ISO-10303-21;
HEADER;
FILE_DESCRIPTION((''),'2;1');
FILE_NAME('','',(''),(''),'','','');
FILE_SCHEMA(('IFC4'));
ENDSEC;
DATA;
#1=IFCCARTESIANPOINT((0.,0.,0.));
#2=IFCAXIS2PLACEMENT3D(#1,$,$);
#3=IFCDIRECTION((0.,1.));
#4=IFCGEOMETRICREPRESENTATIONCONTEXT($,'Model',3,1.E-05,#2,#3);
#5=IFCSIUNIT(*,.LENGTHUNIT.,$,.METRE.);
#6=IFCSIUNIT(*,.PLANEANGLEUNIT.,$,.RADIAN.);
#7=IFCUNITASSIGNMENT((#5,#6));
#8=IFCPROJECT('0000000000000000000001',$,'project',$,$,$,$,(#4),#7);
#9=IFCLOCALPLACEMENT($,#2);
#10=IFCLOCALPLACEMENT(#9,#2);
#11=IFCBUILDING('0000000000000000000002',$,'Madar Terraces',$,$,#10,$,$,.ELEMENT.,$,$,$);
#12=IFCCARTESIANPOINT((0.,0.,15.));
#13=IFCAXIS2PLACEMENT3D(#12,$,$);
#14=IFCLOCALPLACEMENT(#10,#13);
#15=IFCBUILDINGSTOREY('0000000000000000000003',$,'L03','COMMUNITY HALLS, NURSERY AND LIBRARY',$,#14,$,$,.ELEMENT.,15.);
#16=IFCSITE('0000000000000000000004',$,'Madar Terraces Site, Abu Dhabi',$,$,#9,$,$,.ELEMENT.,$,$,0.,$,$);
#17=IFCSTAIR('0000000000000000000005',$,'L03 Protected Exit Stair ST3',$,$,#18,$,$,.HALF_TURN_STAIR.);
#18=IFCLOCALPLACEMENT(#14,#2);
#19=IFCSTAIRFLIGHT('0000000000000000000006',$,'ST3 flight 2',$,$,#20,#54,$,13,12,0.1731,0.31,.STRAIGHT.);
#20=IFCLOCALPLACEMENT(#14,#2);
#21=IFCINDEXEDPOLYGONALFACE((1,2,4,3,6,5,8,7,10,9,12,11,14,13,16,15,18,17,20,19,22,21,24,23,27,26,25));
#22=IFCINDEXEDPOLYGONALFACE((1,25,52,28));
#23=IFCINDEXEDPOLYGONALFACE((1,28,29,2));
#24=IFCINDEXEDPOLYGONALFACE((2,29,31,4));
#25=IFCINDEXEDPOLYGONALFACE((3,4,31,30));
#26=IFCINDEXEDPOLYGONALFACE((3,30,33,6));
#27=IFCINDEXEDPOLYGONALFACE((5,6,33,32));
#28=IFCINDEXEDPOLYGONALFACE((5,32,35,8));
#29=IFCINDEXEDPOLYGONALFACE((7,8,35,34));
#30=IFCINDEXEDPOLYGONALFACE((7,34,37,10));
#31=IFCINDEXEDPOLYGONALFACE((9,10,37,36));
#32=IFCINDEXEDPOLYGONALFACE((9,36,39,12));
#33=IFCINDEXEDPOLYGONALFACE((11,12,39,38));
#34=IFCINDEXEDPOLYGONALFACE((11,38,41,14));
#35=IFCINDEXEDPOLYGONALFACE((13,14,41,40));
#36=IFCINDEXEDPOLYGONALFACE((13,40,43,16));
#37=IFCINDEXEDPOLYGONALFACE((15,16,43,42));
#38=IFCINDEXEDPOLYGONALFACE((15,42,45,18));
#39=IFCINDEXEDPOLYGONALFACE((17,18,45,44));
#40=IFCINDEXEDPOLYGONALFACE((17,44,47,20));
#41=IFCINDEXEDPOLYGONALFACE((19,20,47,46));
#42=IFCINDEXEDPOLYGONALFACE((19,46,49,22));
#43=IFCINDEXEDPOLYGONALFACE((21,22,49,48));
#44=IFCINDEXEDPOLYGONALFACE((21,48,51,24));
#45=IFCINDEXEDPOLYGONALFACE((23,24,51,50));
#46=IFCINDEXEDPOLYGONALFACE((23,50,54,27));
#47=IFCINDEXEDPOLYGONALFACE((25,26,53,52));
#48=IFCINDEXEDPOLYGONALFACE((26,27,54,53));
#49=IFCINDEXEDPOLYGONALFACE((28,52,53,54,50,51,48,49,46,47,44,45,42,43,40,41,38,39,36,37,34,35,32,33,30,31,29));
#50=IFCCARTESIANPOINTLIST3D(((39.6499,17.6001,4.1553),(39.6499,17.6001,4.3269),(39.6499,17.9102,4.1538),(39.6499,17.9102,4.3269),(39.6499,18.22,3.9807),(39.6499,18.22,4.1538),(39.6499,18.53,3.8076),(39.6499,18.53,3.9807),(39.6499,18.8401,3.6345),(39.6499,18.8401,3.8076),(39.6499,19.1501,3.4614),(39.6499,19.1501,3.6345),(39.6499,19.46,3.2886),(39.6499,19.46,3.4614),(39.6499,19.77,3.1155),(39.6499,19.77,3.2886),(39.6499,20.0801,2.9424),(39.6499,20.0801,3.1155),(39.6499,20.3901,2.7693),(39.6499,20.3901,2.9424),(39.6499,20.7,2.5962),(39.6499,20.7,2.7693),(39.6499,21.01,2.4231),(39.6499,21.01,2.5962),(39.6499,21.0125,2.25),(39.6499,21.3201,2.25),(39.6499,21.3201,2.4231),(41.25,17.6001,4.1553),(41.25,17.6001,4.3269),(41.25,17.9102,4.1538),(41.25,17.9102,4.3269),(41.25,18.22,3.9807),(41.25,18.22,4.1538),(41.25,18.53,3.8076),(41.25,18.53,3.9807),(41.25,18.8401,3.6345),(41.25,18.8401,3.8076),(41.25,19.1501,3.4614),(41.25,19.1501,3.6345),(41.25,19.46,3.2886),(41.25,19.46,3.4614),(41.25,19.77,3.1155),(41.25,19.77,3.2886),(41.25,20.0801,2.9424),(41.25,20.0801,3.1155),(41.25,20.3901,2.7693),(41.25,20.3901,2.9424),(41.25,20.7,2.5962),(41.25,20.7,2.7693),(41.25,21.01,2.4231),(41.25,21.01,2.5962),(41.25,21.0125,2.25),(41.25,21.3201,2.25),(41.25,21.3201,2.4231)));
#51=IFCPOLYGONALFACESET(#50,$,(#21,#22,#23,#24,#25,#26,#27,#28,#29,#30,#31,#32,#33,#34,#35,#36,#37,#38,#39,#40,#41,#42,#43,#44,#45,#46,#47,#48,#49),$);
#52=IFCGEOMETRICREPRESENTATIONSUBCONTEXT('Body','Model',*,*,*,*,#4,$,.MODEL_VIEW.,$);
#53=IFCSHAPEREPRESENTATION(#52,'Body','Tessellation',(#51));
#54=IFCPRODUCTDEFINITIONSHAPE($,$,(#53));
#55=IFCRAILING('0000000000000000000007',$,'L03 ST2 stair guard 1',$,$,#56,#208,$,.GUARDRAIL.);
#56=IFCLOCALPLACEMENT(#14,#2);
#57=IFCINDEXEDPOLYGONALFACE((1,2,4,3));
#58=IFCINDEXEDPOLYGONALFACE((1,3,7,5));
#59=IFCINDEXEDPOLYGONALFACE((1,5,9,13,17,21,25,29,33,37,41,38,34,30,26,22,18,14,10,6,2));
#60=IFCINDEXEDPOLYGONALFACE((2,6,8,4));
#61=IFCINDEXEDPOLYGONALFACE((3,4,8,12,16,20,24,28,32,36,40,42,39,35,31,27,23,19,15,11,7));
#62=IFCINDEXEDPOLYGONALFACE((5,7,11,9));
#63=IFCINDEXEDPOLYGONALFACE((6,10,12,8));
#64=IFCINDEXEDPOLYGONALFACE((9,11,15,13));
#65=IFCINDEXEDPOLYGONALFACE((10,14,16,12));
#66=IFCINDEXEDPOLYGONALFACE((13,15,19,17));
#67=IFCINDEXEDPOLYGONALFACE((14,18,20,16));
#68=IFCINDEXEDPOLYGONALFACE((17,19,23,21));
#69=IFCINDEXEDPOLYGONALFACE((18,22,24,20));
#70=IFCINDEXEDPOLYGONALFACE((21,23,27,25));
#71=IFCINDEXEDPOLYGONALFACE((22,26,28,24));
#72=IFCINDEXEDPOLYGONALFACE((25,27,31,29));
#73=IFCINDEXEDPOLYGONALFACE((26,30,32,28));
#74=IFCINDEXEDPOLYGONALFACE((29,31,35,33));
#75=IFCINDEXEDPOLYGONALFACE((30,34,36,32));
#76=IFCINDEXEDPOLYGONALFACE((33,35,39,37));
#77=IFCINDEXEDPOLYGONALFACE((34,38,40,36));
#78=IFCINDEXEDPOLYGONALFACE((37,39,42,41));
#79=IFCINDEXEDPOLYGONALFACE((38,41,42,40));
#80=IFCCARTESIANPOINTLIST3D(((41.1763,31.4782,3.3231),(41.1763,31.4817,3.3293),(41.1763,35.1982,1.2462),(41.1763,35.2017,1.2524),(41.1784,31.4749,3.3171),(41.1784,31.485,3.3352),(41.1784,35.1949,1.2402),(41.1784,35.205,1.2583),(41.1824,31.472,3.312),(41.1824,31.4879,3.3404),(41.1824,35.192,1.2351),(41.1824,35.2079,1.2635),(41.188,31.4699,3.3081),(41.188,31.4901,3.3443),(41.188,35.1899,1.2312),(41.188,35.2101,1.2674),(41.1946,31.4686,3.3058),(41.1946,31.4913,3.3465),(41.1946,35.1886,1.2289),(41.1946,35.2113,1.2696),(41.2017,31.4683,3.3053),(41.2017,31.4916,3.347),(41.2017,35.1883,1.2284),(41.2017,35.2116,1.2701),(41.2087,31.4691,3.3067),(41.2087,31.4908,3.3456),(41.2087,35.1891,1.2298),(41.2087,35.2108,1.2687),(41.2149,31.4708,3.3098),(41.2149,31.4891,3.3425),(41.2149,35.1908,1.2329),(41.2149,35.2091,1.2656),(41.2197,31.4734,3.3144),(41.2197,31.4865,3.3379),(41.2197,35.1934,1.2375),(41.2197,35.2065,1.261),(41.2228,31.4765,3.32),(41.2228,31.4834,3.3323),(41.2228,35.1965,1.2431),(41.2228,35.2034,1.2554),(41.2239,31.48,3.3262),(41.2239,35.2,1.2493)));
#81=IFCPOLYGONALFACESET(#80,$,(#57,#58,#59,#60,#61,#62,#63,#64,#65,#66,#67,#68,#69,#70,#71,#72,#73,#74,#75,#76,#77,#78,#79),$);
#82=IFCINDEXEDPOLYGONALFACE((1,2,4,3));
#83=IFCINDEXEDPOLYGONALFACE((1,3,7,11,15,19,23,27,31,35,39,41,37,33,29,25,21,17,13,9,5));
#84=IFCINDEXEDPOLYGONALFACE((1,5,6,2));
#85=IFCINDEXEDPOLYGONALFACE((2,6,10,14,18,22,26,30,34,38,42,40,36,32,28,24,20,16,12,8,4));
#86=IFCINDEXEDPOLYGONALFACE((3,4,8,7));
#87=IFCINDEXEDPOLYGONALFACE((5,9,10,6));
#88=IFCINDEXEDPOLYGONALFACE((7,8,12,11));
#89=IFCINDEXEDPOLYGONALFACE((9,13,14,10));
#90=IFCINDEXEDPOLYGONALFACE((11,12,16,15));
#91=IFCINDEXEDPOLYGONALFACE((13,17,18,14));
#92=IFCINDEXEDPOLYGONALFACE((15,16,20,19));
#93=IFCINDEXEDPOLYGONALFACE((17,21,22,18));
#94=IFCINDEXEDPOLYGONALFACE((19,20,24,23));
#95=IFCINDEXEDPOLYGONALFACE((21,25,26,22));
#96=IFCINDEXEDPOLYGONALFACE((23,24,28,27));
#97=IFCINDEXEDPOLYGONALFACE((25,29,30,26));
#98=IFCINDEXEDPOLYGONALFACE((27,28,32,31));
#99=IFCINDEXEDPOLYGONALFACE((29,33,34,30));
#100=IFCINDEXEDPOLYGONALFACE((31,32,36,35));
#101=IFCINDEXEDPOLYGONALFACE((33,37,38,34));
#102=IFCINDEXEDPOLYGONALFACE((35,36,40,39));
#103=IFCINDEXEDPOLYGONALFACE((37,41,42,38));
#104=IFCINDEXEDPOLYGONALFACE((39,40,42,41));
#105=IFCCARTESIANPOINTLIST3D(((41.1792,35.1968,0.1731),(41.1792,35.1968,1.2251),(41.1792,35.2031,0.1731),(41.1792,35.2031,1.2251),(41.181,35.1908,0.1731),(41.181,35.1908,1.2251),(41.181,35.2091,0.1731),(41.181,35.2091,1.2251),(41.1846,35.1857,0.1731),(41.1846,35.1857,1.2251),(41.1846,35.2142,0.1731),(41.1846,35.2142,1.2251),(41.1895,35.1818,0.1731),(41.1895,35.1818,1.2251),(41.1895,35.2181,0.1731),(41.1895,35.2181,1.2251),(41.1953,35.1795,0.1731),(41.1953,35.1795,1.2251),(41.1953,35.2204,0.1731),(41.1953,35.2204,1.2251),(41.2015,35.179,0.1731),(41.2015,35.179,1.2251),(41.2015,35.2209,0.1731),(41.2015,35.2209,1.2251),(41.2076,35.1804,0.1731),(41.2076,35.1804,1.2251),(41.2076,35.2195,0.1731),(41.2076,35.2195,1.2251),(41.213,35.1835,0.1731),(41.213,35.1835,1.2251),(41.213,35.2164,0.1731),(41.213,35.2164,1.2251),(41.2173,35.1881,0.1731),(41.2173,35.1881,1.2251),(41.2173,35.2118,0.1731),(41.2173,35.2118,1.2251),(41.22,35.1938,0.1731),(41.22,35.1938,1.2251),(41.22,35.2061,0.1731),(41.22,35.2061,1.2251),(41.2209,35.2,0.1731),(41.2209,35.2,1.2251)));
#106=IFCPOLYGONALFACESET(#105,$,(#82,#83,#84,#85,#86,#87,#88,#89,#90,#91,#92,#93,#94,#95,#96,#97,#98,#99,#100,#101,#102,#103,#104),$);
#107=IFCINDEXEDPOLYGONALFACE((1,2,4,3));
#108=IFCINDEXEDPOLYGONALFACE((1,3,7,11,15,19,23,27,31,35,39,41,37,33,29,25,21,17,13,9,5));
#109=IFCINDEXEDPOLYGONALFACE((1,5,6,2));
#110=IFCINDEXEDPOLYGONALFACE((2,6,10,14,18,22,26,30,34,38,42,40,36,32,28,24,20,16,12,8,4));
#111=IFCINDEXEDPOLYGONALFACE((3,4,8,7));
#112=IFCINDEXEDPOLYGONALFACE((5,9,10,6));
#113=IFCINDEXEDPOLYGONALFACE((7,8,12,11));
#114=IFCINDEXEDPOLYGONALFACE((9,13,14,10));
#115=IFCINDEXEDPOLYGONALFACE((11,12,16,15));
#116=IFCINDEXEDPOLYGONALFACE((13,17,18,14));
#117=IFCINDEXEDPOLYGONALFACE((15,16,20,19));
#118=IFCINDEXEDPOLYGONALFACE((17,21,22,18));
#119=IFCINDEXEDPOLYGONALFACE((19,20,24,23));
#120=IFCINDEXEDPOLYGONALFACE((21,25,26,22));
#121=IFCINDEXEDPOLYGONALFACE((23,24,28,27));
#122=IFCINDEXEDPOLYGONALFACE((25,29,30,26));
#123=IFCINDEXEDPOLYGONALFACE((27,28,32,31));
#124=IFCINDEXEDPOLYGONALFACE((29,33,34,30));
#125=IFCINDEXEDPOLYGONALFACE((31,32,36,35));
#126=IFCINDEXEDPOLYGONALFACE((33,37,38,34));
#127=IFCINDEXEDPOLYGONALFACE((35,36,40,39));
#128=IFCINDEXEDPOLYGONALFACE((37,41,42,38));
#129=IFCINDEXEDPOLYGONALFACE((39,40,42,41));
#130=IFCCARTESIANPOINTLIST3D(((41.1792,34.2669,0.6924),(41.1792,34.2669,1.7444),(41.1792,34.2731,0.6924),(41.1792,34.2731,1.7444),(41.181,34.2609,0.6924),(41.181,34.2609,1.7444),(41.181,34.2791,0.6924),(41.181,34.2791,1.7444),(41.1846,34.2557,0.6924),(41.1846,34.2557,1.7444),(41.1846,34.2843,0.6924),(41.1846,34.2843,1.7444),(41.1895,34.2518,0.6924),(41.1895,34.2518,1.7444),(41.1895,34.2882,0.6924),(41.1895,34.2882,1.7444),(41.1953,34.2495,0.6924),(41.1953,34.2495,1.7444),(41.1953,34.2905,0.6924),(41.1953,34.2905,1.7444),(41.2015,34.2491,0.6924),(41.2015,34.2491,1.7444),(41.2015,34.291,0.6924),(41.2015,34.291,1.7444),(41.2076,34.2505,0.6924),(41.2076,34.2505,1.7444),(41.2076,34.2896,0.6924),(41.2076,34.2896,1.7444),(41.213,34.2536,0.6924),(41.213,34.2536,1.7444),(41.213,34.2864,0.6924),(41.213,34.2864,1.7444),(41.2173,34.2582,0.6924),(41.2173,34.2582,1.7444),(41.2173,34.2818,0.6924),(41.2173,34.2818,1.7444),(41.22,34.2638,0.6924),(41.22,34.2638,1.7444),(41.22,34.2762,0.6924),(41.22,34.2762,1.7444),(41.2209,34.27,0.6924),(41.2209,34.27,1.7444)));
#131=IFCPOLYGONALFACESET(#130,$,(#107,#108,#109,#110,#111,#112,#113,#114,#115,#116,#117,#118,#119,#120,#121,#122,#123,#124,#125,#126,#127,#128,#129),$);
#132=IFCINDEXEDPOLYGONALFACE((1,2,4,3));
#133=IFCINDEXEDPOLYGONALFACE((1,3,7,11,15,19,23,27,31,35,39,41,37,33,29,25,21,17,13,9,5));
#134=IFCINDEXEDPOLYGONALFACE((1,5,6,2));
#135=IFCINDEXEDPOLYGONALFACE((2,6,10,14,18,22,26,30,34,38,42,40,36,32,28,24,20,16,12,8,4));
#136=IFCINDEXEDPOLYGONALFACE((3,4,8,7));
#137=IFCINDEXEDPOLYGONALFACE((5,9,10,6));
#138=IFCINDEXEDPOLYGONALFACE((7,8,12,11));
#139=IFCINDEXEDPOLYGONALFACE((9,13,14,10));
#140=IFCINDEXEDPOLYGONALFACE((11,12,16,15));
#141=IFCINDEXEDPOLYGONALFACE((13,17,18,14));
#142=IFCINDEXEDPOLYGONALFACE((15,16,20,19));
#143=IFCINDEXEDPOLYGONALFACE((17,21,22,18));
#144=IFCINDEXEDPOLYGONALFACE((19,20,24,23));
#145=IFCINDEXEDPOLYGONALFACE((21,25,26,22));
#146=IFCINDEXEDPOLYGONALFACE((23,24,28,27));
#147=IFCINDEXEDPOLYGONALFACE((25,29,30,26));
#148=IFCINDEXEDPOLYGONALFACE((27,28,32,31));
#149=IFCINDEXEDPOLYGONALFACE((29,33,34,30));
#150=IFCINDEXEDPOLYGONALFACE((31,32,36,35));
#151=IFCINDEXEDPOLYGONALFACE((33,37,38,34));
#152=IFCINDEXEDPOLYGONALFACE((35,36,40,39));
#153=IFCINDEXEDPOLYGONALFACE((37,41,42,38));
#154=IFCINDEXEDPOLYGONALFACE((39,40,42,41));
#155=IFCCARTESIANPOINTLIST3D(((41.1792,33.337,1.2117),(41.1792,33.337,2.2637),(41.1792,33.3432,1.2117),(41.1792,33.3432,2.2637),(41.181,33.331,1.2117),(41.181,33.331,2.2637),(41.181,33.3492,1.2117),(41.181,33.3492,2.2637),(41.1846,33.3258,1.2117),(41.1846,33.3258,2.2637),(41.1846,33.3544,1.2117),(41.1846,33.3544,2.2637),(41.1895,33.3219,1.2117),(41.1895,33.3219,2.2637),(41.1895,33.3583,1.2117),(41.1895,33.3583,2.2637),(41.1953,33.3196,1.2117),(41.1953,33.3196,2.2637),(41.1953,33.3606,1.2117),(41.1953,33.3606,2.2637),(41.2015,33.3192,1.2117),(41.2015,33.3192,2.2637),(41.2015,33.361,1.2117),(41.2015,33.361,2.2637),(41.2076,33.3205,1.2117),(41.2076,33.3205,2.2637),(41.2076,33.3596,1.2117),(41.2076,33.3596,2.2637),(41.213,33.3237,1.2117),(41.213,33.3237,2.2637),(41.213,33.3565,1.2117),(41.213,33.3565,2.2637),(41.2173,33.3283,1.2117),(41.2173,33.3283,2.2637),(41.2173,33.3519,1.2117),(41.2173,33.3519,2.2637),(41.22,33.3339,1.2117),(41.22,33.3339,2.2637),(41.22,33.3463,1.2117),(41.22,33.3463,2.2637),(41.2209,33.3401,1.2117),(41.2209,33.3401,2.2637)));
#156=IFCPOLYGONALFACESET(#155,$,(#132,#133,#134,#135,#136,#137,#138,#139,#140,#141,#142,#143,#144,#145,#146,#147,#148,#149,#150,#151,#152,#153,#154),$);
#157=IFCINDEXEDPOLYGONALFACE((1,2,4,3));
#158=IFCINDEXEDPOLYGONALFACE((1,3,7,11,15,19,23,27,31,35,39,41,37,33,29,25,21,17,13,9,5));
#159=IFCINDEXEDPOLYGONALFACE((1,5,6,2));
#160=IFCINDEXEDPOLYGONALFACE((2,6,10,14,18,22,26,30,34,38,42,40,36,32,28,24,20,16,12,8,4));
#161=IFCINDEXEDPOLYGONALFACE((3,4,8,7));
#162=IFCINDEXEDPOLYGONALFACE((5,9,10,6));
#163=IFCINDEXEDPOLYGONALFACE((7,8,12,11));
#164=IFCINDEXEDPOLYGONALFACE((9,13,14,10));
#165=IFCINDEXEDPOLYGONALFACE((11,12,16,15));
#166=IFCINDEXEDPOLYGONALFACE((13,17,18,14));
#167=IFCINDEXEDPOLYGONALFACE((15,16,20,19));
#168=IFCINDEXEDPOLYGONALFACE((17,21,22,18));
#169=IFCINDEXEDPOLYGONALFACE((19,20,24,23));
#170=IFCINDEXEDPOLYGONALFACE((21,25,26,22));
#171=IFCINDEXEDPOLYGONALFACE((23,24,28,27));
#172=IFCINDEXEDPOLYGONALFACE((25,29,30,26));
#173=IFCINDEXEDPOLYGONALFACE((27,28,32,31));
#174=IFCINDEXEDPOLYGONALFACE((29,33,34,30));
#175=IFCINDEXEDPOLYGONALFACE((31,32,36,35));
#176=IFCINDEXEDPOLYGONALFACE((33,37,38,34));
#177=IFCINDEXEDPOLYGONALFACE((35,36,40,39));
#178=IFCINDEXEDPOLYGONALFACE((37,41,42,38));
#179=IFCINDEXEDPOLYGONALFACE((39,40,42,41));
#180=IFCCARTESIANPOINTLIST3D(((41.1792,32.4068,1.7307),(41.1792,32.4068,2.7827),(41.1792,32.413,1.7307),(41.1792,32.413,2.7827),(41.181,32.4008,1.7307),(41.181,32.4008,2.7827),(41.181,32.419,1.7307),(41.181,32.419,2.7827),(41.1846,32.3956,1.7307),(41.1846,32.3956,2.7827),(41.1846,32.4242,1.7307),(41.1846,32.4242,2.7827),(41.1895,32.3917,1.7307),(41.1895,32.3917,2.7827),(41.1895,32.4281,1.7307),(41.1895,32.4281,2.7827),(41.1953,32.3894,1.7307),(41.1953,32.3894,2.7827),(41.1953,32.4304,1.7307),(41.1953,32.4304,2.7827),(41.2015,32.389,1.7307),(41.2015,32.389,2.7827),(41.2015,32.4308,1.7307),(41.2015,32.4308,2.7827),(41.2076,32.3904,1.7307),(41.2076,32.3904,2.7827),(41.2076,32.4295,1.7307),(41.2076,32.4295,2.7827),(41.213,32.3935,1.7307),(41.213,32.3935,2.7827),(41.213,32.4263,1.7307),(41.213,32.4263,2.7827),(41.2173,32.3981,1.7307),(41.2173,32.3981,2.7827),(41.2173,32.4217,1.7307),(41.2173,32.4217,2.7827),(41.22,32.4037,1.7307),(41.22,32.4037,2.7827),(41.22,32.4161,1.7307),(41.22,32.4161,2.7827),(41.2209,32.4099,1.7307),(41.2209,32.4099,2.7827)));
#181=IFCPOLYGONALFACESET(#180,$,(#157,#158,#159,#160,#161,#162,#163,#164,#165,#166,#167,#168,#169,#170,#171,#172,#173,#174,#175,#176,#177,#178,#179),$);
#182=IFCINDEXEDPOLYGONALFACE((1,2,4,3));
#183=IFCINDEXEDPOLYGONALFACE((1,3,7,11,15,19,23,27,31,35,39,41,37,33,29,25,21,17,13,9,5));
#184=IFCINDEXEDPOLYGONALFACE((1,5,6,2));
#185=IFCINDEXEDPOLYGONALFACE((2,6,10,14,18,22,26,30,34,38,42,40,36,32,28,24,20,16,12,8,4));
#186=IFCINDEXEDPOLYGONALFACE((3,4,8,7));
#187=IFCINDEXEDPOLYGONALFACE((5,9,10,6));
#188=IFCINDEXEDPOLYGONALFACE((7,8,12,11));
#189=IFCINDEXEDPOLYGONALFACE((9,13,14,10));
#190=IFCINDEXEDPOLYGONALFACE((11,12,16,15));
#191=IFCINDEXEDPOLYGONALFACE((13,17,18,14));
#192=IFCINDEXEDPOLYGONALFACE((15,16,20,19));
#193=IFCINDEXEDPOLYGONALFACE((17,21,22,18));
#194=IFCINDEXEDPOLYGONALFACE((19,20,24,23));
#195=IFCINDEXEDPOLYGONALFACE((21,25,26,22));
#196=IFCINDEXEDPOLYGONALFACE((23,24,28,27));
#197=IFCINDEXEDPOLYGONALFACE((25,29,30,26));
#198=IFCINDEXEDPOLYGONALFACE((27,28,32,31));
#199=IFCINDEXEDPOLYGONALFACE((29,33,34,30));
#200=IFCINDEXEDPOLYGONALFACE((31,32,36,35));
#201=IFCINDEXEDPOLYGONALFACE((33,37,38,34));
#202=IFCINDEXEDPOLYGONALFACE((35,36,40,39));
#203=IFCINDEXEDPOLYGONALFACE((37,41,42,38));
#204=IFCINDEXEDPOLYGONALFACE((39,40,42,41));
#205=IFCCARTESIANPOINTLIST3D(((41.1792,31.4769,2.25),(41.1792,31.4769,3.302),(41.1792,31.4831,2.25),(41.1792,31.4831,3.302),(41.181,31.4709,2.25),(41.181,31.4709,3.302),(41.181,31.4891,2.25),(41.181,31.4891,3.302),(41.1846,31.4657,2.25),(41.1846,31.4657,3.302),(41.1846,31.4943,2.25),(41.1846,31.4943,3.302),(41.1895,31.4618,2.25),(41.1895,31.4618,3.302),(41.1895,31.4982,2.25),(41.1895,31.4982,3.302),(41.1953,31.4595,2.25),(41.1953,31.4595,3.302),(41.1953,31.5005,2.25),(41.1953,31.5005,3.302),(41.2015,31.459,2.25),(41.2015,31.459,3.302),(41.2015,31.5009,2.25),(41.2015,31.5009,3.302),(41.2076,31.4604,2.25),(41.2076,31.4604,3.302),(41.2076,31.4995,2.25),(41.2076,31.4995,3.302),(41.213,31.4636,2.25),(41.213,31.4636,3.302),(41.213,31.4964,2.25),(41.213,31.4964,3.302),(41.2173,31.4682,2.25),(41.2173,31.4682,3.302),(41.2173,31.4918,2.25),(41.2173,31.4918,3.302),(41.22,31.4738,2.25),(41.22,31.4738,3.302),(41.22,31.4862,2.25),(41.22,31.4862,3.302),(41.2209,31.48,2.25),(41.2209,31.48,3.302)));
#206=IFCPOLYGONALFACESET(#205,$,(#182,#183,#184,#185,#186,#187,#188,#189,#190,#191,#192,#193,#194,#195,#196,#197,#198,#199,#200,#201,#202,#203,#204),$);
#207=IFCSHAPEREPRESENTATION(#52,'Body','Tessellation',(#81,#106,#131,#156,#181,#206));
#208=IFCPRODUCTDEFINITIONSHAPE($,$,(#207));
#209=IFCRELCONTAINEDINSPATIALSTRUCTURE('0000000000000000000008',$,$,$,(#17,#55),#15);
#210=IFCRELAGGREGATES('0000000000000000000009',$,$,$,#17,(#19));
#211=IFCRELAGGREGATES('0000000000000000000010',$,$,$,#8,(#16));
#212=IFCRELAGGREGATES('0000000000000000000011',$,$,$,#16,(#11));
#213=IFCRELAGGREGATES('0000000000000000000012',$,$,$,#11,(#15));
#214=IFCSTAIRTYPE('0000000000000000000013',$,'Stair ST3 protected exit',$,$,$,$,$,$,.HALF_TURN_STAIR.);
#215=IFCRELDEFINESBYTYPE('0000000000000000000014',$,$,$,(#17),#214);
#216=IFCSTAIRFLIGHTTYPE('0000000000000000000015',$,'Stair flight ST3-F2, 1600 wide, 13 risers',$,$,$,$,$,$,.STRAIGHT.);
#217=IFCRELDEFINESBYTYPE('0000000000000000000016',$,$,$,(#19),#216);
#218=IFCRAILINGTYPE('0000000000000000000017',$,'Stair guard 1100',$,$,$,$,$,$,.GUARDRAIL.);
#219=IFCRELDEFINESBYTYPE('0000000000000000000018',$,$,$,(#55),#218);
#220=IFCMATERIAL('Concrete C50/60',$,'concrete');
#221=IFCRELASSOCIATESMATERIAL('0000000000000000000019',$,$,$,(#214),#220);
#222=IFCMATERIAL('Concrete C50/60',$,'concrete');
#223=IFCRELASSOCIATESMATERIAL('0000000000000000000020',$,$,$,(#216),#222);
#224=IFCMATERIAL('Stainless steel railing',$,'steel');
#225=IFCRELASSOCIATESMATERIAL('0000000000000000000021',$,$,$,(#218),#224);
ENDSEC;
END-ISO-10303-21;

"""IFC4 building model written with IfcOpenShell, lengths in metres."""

from ifc_helpers import new_model, si_unit, direction, frame, origin, origin_2d, place, context, subcontext, project, spatial, polyline, circle, outline, extrude, material, type_object, element, aggregate, save


model = new_model("IFC4")

# Units and contexts
model_context = context("Model", 3, precision=1e-05, world=origin(), true_north=direction((0.0, 1.0)))
body_context = subcontext(model_context, "Body", "Model", "MODEL_VIEW")
ifc_project = project(units=[si_unit("LENGTHUNIT", "METRE"), si_unit("PLANEANGLEUNIT", "RADIAN")], contexts=[model_context])

# Site, building, storey
site_placement = place(None, origin())
site = spatial("IfcSite", under=ifc_project, at=site_placement, Name="Madar Terraces Site, Abu Dhabi", CompositionType="ELEMENT", RefElevation=0.0)
building_placement = place(site_placement, origin())
building = spatial("IfcBuilding", under=site, at=building_placement, Name="Madar Terraces", CompositionType="ELEMENT")
storey_placement = place(building_placement, frame((0.0, 0.0, 15.0)))
storey = spatial("IfcBuildingStorey", under=building, at=storey_placement, Name="L03", Description="COMMUNITY HALLS, NURSERY AND LIBRARY", CompositionType="ELEMENT", Elevation=15.0)

# Stair, stair flight
ifc_material_1 = material(Name="Concrete C50/60", Category="concrete")
stair_type_1 = type_object("IfcStairType", Name="Stair ST3 protected exit", PredefinedType="HALF_TURN_STAIR", material=ifc_material_1)
stair_1_placement = place(storey_placement, origin())
stair_1 = element("IfcStair", 1, at=stair_1_placement, inside=storey, type_object=stair_type_1, Name="L03 Protected Exit Stair ST3", PredefinedType="HALF_TURN_STAIR")
ifc_material_2 = material(Name="Concrete C50/60", Category="concrete")
stair_flight_type_1 = type_object("IfcStairFlightType", Name="Stair flight ST3-F2, 1600 wide, 13 risers", PredefinedType="STRAIGHT", material=ifc_material_2)
stair_flight_1_placement = place(storey_placement, frame((40.45, 21.3201, 2.25), z_axis=(0.0, 0.0, 1.0), x_axis=(0.0, -1.0, 0.0)))
stair_flight_1 = element("IfcStairFlight", 2, at=stair_flight_1_placement, type_object=stair_flight_type_1, Name="ST3 flight 2", NumberOfRisers=13, NumberOfTreads=12, PredefinedType="STRAIGHT", RiserHeight=0.1731, TreadLength=0.31, context=body_context, shape_type="SweptSolid", body=[
    extrude(outline(polyline([(0.0, 0.0), (0.0, 0.1731), (0.3101, 0.1731), (0.3101, 0.3462), (0.6201, 0.3462), (0.6201, 0.5193), (0.9299, 0.5193), (0.9299, 0.6924), (1.24, 0.6924), (1.24, 0.8655), (1.55, 0.8655), (1.55, 1.0386), (1.8601, 1.0386), (1.8601, 1.2114), (2.1699, 1.2114), (2.1699, 1.3845), (2.48, 1.3845), (2.48, 1.5576), (2.79, 1.5576), (2.79, 1.7307), (3.1001, 1.7307), (3.1001, 1.9038), (3.4099, 1.9038), (3.4099, 2.0769), (3.72, 2.0769), (3.72, 2.25), (3.72, 1.9053), (0.3076, 0.0), (0.0, 0.0)])), frame((0.0, 0.8, 0.0), z_axis=(0.0, -1.0, 0.0), x_axis=(1.0, 0.0, 0.0)), (0.0, 0.0, 1.0), 1.6001),
])
aggregate(stair_1, [stair_flight_1])

# Railing
ifc_material_3 = material(Name="Stainless steel railing", Category="steel")
railing_type_1 = type_object("IfcRailingType", Name="Stair guard 1100", PredefinedType="GUARDRAIL", material=ifc_material_3)
railing_1_placement = place(storey_placement, frame((41.2, 35.2, 0.1731)))
element("IfcRailing", 3, at=railing_1_placement, inside=storey, type_object=railing_type_1, Name="L03 ST2 stair guard 1", PredefinedType="GUARDRAIL", context=body_context, shape_type="SweptSolid", body=[
    extrude(circle(Radius=0.0239, at=origin_2d()), frame((0.0, 0.0, 1.0762), z_axis=(0.0, -0.873134, 0.487481), x_axis=(1.0, 0.0, 0.0)), (0.0, 0.0, 1.0), 4.2605),
    extrude(circle(Radius=0.021, at=origin_2d()), origin(), (0.0, 0.0, 1.0), 1.052),
    extrude(circle(Radius=0.021, at=origin_2d()), frame((0.0, -0.9299, 0.5193)), (0.0, 0.0, 1.0), 1.052),
    extrude(circle(Radius=0.021, at=origin_2d()), frame((0.0, -1.8599, 1.0386)), (0.0, 0.0, 1.0), 1.052),
    extrude(circle(Radius=0.021, at=origin_2d()), frame((0.0, -2.79, 1.5576)), (0.0, 0.0, 1.0), 1.052),
    extrude(circle(Radius=0.021, at=origin_2d()), frame((0.0, -3.72, 2.0769)), (0.0, 0.0, 1.0), 1.052),
])

save(model, "model.ifc")
